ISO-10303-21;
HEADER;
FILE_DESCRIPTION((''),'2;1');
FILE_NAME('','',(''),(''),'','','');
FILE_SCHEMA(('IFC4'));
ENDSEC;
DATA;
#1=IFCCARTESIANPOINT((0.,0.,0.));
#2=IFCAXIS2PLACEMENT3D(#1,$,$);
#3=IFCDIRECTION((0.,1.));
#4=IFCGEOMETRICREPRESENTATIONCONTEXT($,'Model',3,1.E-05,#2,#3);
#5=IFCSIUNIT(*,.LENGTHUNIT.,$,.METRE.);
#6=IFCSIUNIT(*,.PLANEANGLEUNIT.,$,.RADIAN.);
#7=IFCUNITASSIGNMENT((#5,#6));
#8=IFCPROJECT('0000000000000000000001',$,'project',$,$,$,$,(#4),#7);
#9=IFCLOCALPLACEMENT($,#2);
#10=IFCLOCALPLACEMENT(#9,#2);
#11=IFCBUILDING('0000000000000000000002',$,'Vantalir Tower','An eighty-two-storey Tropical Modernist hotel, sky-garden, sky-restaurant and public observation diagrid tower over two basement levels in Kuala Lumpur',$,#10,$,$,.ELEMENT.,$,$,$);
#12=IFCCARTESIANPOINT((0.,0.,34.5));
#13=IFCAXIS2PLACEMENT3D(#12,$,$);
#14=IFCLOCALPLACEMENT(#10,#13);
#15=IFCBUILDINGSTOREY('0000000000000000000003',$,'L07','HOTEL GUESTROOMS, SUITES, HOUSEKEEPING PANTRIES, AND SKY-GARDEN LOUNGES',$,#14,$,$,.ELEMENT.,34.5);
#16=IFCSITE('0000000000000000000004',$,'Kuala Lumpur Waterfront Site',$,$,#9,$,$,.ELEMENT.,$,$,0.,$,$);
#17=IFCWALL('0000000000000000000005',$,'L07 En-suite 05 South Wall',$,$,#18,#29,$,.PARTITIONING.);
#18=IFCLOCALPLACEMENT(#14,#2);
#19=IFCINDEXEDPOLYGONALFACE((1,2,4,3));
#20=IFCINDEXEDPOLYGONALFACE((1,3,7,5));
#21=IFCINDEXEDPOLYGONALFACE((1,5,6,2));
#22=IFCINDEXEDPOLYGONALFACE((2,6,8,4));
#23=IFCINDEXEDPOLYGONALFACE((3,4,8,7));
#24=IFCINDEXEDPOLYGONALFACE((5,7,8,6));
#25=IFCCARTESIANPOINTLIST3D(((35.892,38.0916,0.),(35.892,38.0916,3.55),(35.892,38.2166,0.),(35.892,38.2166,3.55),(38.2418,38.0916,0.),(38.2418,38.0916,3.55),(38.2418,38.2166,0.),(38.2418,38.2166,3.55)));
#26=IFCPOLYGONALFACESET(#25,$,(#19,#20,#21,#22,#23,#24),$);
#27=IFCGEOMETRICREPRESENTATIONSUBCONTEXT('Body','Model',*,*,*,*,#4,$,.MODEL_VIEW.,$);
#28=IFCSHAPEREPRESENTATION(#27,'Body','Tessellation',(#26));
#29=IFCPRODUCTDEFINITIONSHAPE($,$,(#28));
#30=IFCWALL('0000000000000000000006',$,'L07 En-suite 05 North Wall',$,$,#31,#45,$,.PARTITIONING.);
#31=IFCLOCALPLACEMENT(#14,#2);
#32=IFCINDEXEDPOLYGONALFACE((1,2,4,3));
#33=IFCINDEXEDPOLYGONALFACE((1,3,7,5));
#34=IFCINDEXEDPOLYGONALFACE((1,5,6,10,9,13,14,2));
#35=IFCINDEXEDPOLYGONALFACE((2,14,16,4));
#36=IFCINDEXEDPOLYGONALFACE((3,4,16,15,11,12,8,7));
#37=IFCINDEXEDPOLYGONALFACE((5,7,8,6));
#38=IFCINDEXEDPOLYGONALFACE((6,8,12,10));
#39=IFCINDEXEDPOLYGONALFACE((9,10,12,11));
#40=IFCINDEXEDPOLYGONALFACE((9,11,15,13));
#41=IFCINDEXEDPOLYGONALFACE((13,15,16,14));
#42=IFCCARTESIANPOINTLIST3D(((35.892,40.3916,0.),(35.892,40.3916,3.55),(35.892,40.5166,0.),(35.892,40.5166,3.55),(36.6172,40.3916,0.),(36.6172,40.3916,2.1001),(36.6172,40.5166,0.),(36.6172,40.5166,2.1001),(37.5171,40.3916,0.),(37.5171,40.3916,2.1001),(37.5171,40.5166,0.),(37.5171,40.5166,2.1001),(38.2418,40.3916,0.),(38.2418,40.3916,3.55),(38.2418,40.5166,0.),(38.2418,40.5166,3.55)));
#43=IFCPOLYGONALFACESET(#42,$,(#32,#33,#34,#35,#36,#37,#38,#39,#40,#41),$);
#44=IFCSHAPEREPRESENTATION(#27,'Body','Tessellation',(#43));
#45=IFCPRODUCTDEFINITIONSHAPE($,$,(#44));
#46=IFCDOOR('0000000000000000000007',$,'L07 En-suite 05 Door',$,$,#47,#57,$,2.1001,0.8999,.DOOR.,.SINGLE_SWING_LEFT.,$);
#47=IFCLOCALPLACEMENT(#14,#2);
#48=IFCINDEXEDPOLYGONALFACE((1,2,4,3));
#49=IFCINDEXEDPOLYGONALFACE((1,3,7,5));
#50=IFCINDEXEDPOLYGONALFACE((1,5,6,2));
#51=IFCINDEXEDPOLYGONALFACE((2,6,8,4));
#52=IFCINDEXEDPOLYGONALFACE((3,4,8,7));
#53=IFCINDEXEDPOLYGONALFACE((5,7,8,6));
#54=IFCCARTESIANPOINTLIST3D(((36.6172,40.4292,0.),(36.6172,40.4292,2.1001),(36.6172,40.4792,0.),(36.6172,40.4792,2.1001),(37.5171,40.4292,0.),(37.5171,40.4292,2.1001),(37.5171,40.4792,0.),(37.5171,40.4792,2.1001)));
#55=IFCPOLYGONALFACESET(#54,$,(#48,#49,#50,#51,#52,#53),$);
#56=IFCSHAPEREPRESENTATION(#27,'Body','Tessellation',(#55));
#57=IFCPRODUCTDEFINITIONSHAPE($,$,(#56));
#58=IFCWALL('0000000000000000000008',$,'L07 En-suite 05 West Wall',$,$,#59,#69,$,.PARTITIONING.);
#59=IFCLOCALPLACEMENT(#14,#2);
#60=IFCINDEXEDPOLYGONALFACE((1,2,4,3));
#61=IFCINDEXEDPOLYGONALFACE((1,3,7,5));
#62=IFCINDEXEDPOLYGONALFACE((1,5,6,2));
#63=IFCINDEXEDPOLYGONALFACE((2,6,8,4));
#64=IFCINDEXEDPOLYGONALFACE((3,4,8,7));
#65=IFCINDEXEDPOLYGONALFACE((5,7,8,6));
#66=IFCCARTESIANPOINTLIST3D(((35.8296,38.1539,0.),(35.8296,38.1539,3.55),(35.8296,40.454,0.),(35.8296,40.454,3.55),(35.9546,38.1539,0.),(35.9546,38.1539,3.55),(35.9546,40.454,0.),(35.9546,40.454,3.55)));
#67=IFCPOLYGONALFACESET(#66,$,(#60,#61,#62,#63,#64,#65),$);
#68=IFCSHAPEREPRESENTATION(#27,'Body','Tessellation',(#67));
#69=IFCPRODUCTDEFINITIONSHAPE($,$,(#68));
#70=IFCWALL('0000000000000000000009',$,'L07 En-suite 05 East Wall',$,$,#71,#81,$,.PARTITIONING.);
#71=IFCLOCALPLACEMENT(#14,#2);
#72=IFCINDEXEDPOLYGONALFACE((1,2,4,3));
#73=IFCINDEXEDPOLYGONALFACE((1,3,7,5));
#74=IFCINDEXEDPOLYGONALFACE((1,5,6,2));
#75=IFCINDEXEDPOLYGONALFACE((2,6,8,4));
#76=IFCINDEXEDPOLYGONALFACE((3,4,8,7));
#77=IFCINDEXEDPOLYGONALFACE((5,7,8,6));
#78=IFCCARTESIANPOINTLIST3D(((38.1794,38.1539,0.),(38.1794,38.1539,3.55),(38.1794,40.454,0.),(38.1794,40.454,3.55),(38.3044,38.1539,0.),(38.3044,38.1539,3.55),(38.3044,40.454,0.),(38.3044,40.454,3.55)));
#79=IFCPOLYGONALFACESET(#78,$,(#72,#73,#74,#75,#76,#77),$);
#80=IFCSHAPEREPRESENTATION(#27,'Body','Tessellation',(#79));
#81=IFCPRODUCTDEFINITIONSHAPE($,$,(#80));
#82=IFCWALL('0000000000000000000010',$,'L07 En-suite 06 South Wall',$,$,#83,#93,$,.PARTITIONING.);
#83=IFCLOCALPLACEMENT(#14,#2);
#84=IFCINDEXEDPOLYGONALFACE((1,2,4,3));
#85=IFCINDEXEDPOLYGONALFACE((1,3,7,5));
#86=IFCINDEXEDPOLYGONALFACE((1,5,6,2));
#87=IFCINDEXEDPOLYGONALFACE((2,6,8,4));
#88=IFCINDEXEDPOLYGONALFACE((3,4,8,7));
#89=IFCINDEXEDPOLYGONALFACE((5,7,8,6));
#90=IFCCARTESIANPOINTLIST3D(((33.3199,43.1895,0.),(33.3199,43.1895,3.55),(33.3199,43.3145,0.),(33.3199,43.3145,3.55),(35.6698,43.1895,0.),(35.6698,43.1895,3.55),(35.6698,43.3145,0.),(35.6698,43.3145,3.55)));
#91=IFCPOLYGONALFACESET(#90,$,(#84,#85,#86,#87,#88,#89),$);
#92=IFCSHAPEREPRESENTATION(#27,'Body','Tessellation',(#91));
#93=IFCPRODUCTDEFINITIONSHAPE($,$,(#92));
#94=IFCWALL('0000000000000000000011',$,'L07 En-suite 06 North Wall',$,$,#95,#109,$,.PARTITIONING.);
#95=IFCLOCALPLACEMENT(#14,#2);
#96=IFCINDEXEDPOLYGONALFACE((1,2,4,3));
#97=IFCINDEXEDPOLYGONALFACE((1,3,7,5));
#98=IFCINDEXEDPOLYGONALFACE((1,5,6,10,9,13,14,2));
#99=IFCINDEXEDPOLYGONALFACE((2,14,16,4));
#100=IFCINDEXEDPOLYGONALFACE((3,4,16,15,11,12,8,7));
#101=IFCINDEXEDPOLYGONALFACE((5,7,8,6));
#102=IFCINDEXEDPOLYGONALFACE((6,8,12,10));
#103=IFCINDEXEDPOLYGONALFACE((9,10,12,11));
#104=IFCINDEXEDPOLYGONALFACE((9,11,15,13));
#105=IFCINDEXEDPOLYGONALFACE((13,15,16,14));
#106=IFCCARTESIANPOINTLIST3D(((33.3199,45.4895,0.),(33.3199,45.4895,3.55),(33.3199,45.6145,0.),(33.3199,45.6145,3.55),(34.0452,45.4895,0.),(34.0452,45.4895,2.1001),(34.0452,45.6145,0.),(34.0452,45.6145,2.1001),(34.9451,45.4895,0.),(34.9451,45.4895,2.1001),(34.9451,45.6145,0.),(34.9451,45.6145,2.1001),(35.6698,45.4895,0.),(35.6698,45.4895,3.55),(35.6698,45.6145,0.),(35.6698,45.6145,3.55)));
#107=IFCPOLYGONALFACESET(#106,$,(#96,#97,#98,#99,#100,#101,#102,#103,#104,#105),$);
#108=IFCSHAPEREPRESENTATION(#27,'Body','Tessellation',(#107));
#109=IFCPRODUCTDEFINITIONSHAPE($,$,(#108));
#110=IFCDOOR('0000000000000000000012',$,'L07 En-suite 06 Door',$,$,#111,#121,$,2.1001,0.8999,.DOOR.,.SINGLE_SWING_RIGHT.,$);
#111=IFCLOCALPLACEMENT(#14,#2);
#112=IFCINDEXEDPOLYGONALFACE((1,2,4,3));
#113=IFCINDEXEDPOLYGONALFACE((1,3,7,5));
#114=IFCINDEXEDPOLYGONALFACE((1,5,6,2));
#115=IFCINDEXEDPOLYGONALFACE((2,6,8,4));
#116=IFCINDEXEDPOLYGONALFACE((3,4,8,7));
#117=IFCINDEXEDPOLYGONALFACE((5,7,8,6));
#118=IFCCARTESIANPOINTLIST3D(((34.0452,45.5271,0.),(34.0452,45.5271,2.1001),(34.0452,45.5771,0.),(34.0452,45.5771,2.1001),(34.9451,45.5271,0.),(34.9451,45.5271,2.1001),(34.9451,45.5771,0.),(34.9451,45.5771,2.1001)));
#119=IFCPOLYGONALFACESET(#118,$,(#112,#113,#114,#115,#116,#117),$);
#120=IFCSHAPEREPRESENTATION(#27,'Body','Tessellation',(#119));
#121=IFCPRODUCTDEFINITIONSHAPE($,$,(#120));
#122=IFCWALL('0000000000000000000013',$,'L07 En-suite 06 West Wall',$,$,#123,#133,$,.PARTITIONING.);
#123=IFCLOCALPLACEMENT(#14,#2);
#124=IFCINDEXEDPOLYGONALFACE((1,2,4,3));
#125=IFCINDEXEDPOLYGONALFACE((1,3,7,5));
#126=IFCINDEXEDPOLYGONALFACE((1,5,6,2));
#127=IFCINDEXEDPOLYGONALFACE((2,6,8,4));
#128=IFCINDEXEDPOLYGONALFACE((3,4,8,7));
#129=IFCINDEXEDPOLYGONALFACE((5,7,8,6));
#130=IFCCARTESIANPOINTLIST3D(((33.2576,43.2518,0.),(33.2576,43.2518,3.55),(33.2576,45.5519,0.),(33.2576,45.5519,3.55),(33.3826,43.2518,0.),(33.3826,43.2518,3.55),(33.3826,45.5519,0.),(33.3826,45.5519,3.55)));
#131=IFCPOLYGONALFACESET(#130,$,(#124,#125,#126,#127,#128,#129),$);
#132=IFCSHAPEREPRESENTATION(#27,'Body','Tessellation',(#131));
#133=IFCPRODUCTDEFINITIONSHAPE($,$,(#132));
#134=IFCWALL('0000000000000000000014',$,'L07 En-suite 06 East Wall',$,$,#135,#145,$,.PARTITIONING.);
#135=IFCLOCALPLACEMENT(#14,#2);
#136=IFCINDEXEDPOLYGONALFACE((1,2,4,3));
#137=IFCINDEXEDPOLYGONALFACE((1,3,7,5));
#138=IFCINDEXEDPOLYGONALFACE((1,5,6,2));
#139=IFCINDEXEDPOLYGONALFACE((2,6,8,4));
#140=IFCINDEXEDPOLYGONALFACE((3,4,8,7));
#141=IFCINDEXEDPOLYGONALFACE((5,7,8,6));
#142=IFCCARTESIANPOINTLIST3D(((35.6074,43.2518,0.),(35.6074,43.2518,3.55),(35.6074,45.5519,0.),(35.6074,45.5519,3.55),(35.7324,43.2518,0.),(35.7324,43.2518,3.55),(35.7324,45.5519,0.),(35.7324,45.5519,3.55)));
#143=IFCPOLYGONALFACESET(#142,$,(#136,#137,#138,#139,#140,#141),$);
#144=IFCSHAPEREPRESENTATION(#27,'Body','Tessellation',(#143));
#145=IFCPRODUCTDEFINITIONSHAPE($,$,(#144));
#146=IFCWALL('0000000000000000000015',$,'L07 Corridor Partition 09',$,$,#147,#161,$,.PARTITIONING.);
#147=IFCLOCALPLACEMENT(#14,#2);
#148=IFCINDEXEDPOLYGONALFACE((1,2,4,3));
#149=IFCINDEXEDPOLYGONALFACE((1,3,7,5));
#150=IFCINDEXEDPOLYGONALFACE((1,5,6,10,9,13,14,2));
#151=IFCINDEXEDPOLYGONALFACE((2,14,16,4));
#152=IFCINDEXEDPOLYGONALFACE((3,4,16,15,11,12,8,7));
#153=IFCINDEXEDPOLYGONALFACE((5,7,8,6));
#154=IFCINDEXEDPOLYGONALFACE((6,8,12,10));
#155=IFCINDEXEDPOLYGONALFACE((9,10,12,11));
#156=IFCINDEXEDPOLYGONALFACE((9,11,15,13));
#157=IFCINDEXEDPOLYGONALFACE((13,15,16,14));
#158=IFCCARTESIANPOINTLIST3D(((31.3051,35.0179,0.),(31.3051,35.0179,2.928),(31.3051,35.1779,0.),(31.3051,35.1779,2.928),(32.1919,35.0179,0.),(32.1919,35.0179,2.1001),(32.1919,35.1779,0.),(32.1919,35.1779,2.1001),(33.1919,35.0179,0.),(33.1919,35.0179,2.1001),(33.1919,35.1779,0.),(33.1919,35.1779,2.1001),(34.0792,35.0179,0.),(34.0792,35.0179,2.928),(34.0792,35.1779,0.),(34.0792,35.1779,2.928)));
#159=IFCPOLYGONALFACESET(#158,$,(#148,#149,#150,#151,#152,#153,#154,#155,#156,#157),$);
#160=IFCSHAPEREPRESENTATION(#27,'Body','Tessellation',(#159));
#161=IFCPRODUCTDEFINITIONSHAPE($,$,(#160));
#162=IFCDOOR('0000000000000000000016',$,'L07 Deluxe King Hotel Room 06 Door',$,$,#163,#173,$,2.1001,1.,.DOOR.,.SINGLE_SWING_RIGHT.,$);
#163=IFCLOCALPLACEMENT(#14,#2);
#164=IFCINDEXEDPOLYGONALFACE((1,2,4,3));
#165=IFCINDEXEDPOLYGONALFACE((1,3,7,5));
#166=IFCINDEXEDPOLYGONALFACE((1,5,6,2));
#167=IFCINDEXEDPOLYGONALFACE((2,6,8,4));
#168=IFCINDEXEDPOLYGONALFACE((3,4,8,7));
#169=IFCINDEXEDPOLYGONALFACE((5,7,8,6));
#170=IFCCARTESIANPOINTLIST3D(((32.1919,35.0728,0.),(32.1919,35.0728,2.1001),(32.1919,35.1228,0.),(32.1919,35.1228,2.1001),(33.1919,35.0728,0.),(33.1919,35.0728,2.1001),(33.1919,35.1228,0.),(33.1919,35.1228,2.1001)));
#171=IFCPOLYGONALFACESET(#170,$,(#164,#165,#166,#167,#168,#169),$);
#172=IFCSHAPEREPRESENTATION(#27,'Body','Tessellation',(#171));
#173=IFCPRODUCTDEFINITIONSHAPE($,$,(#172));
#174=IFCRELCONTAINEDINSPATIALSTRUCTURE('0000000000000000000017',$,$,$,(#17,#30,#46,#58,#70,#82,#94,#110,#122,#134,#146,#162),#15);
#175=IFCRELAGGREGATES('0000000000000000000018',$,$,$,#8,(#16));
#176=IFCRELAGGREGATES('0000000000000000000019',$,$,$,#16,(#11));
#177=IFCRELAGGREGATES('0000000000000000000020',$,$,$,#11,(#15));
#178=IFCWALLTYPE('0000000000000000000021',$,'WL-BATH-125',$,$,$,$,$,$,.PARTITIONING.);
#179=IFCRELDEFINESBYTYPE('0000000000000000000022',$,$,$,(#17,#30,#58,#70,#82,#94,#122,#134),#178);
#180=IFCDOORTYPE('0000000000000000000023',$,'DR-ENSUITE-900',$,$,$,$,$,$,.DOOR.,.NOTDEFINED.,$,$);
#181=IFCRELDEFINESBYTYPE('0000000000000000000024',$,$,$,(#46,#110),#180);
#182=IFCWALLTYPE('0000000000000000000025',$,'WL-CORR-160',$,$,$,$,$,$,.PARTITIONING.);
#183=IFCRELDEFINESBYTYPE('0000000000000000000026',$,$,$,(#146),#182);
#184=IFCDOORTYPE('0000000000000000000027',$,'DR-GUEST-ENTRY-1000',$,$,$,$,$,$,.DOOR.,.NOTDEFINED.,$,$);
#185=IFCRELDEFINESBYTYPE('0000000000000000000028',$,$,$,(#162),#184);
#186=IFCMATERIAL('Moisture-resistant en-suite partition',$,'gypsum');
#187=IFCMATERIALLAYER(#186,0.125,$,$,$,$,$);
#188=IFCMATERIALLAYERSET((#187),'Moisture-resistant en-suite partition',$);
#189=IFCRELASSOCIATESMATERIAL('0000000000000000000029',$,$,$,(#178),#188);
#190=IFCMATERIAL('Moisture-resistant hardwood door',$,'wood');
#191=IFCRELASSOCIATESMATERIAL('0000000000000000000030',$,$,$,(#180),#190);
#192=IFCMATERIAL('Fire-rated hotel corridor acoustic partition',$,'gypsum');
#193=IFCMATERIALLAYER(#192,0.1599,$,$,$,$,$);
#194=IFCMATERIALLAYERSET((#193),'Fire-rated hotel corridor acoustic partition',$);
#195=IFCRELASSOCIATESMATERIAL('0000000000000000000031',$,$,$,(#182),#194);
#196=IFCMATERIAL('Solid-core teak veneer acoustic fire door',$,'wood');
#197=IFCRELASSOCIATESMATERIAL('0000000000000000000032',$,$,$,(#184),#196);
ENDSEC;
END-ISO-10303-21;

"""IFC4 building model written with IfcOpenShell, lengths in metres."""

from ifc_helpers import new_model, si_unit, direction, frame, frame_2d, origin, place, context, subcontext, project, spatial, rectangle, extrude, material, layer, layer_set, type_object, element, fill, save


model = new_model("IFC4")

# Units and contexts
model_context = context("Model", 3, precision=1e-05, world=origin(), true_north=direction((0.0, 1.0)))
body_context = subcontext(model_context, "Body", "Model", "MODEL_VIEW")
ifc_project = project(units=[si_unit("LENGTHUNIT", "METRE"), si_unit("PLANEANGLEUNIT", "RADIAN")], contexts=[model_context])

# Site, building, storey
site_placement = place(None, origin())
site = spatial("IfcSite", under=ifc_project, at=site_placement, Name="Kuala Lumpur Waterfront Site", CompositionType="ELEMENT", RefElevation=0.0)
building_placement = place(site_placement, origin())
building = spatial("IfcBuilding", under=site, at=building_placement, Name="Vantalir Tower", Description="An eighty-two-storey Tropical Modernist hotel, sky-garden, sky-restaurant and public observation diagrid tower over two basement levels in Kuala Lumpur", CompositionType="ELEMENT")
storey_placement = place(building_placement, frame((0.0, 0.0, 34.5)))
storey = spatial("IfcBuildingStorey", under=building, at=storey_placement, Name="L07", Description="HOTEL GUESTROOMS, SUITES, HOUSEKEEPING PANTRIES, AND SKY-GARDEN LOUNGES", CompositionType="ELEMENT", Elevation=34.5)

# Wall
ifc_material_1 = material(Name="Moisture-resistant en-suite partition", Category="gypsum")
ifc_layer_1 = layer(ifc_material_1, 0.125)
ifc_layer_set_1 = layer_set([ifc_layer_1], Name="Moisture-resistant en-suite partition")
wall_type_1 = type_object("IfcWallType", Name="WL-BATH-125", PredefinedType="PARTITIONING", material=ifc_layer_set_1)
wall_1_placement = place(storey_placement, frame((35.8921, 38.1541, 0.0), z_axis=(0.0, 0.0, 1.0), x_axis=(1.0, 0.0, 0.0)))
element("IfcWall", 1, at=wall_1_placement, inside=storey, type_object=wall_type_1, Name="L07 En-suite 05 South Wall", PredefinedType="PARTITIONING", context=body_context, shape_type="SweptSolid", body=[
    extrude(rectangle(XDim=2.3499, YDim=0.125, at=frame_2d((1.1748, 0.0))), origin(), (0.0, 0.0, 1.0), 3.55),
])

# Wall, opening, door
wall_2_placement = place(storey_placement, frame((35.8921, 40.4541, 0.0), z_axis=(0.0, 0.0, 1.0), x_axis=(1.0, 0.0, 0.0)))
wall_2 = element("IfcWall", 2, at=wall_2_placement, inside=storey, type_object=wall_type_1, Name="L07 En-suite 05 North Wall", PredefinedType="PARTITIONING", context=body_context, shape_type="SweptSolid", body=[
    extrude(rectangle(XDim=2.3499, YDim=0.125, at=frame_2d((1.1748, 0.0))), origin(), (0.0, 0.0, 1.0), 3.55),
])
opening_1_placement = place(wall_2_placement, frame((0.7251, 0.0, 0.0)))
opening_1 = element("IfcOpeningElement", 3, at=opening_1_placement, cuts=wall_2, PredefinedType="OPENING", context=body_context, shape_type="SweptSolid", body=[
    extrude(rectangle(XDim=0.8999, YDim=2.1001, at=frame_2d((0.45, 1.05))), frame((0.0, 0.0725, 0.0), z_axis=(0.0, -1.0, 0.0), x_axis=(1.0, 0.0, 0.0)), (0.0, 0.0, 1.0), 0.145),
])
ifc_material_2 = material(Name="Moisture-resistant hardwood door", Category="wood")
door_type_1 = type_object("IfcDoorType", Name="DR-ENSUITE-900", OperationType="NOTDEFINED", PredefinedType="DOOR", material=ifc_material_2)
door_1_placement = place(opening_1_placement, frame((0.8999, 0.0, 0.0), z_axis=(0.0, 0.0, 1.0), x_axis=(-1.0, 0.0, 0.0)))
door_1 = element("IfcDoor", 4, at=door_1_placement, inside=storey, type_object=door_type_1, Name="L07 En-suite 05 Door", OperationType="SINGLE_SWING_LEFT", OverallHeight=2.1001, OverallWidth=0.8999, PredefinedType="DOOR", context=body_context, shape_type="SweptSolid", body=[
    extrude(rectangle(XDim=0.8999, YDim=2.1001, at=frame_2d((0.45, 1.05))), frame((0.0, 0.0249, 0.0), z_axis=(0.0, -1.0, 0.0), x_axis=(1.0, 0.0, 0.0)), (0.0, 0.0, 1.0), 0.05),
])
fill(opening_1, door_1)

# Walls
for number, where, z_axis, x_axis, name in (
    (5, (35.8921, 38.1541, 0.0), (0.0, 0.0, 1.0), (0.0, 1.0, 0.0), "L07 En-suite 05 West Wall"),
    (6, (38.2419, 38.1541, 0.0), (0.0, 0.0, 1.0), (0.0, 1.0, 0.0), "L07 En-suite 05 East Wall"),
):
    element("IfcWall", number, at=place(storey_placement, frame(where, z_axis=z_axis, x_axis=x_axis)), inside=storey, type_object=wall_type_1, Name=name, PredefinedType="PARTITIONING", context=body_context, shape_type="SweptSolid", body=[
        extrude(rectangle(XDim=2.3, YDim=0.125, at=frame_2d((1.1499, 0.0))), origin(), (0.0, 0.0, 1.0), 3.55),
    ])
wall_3_placement = place(storey_placement, frame((33.3201, 43.252, 0.0), z_axis=(0.0, 0.0, 1.0), x_axis=(1.0, 0.0, 0.0)))
element("IfcWall", 7, at=wall_3_placement, inside=storey, type_object=wall_type_1, Name="L07 En-suite 06 South Wall", PredefinedType="PARTITIONING", context=body_context, shape_type="SweptSolid", body=[
    extrude(rectangle(XDim=2.3499, YDim=0.125, at=frame_2d((1.1748, 0.0))), origin(), (0.0, 0.0, 1.0), 3.55),
])

# Wall, opening, door
wall_4_placement = place(storey_placement, frame((33.3201, 45.552, 0.0), z_axis=(0.0, 0.0, 1.0), x_axis=(1.0, 0.0, 0.0)))
wall_4 = element("IfcWall", 8, at=wall_4_placement, inside=storey, type_object=wall_type_1, Name="L07 En-suite 06 North Wall", PredefinedType="PARTITIONING", context=body_context, shape_type="SweptSolid", body=[
    extrude(rectangle(XDim=2.3499, YDim=0.125, at=frame_2d((1.1748, 0.0))), origin(), (0.0, 0.0, 1.0), 3.55),
])
opening_2_placement = place(wall_4_placement, frame((0.7251, 0.0, 0.0)))
opening_2 = element("IfcOpeningElement", 9, at=opening_2_placement, cuts=wall_4, PredefinedType="OPENING", context=body_context, shape_type="SweptSolid", body=[
    extrude(rectangle(XDim=0.8999, YDim=2.1001, at=frame_2d((0.45, 1.05))), frame((0.0, 0.0725, 0.0), z_axis=(0.0, -1.0, 0.0), x_axis=(1.0, 0.0, 0.0)), (0.0, 0.0, 1.0), 0.145),
])
door_2_placement = place(opening_2_placement, frame((0.8999, 0.0, 0.0), z_axis=(0.0, 0.0, 1.0), x_axis=(-1.0, 0.0, 0.0)))
door_2 = element("IfcDoor", 10, at=door_2_placement, inside=storey, type_object=door_type_1, Name="L07 En-suite 06 Door", OperationType="SINGLE_SWING_RIGHT", OverallHeight=2.1001, OverallWidth=0.8999, PredefinedType="DOOR", context=body_context, shape_type="SweptSolid", body=[
    extrude(rectangle(XDim=0.8999, YDim=2.1001, at=frame_2d((0.45, 1.05))), frame((0.0, 0.0249, 0.0), z_axis=(0.0, -1.0, 0.0), x_axis=(1.0, 0.0, 0.0)), (0.0, 0.0, 1.0), 0.05),
])
fill(opening_2, door_2)

# Walls
for number, where, z_axis, x_axis, name in (
    (11, (33.3201, 43.252, 0.0), (0.0, 0.0, 1.0), (0.0, 1.0, 0.0), "L07 En-suite 06 West Wall"),
    (12, (35.6699, 43.252, 0.0), (0.0, 0.0, 1.0), (0.0, 1.0, 0.0), "L07 En-suite 06 East Wall"),
):
    element("IfcWall", number, at=place(storey_placement, frame(where, z_axis=z_axis, x_axis=x_axis)), inside=storey, type_object=wall_type_1, Name=name, PredefinedType="PARTITIONING", context=body_context, shape_type="SweptSolid", body=[
        extrude(rectangle(XDim=2.3, YDim=0.125, at=frame_2d((1.1499, 0.0))), origin(), (0.0, 0.0, 1.0), 3.55),
    ])

# Wall, opening, door
ifc_material_3 = material(Name="Fire-rated hotel corridor acoustic partition", Category="gypsum")
ifc_layer_2 = layer(ifc_material_3, 0.1599)
ifc_layer_set_2 = layer_set([ifc_layer_2], Name="Fire-rated hotel corridor acoustic partition")
wall_type_2 = type_object("IfcWallType", Name="WL-CORR-160", PredefinedType="PARTITIONING", material=ifc_layer_set_2)
wall_5_placement = place(storey_placement, frame((31.3049, 35.0979, 0.0), z_axis=(0.0, 0.0, 1.0), x_axis=(1.0, 0.0, 0.0)))
wall_5 = element("IfcWall", 13, at=wall_5_placement, inside=storey, type_object=wall_type_2, Name="L07 Corridor Partition 09", PredefinedType="PARTITIONING", context=body_context, shape_type="SweptSolid", body=[
    extrude(rectangle(XDim=2.7742, YDim=0.1599, at=frame_2d((1.3872, 0.0))), origin(), (0.0, 0.0, 1.0), 2.928),
])
opening_3_placement = place(wall_5_placement, frame((0.887, 0.0, 0.0)))
opening_3 = element("IfcOpeningElement", 14, at=opening_3_placement, cuts=wall_5, PredefinedType="OPENING", context=body_context, shape_type="SweptSolid", body=[
    extrude(rectangle(XDim=1.0, YDim=2.1001, at=frame_2d((0.5, 1.05))), frame((0.0, 0.0898, 0.0), z_axis=(0.0, -1.0, 0.0), x_axis=(1.0, 0.0, 0.0)), (0.0, 0.0, 1.0), 0.1799),
])
ifc_material_4 = material(Name="Solid-core teak veneer acoustic fire door", Category="wood")
door_type_2 = type_object("IfcDoorType", Name="DR-GUEST-ENTRY-1000", OperationType="NOTDEFINED", PredefinedType="DOOR", material=ifc_material_4)
door_3_placement = place(opening_3_placement, origin())
door_3 = element("IfcDoor", 15, at=door_3_placement, inside=storey, type_object=door_type_2, Name="L07 Deluxe King Hotel Room 06 Door", OperationType="SINGLE_SWING_RIGHT", OverallHeight=2.1001, OverallWidth=1.0, PredefinedType="DOOR", context=body_context, shape_type="SweptSolid", body=[
    extrude(rectangle(XDim=1.0, YDim=2.1001, at=frame_2d((0.5, 1.05))), frame((0.0, 0.0249, 0.0), z_axis=(0.0, -1.0, 0.0), x_axis=(1.0, 0.0, 0.0)), (0.0, 0.0, 1.0), 0.05),
])
fill(opening_3, door_3)

save(model, "model.ifc")
